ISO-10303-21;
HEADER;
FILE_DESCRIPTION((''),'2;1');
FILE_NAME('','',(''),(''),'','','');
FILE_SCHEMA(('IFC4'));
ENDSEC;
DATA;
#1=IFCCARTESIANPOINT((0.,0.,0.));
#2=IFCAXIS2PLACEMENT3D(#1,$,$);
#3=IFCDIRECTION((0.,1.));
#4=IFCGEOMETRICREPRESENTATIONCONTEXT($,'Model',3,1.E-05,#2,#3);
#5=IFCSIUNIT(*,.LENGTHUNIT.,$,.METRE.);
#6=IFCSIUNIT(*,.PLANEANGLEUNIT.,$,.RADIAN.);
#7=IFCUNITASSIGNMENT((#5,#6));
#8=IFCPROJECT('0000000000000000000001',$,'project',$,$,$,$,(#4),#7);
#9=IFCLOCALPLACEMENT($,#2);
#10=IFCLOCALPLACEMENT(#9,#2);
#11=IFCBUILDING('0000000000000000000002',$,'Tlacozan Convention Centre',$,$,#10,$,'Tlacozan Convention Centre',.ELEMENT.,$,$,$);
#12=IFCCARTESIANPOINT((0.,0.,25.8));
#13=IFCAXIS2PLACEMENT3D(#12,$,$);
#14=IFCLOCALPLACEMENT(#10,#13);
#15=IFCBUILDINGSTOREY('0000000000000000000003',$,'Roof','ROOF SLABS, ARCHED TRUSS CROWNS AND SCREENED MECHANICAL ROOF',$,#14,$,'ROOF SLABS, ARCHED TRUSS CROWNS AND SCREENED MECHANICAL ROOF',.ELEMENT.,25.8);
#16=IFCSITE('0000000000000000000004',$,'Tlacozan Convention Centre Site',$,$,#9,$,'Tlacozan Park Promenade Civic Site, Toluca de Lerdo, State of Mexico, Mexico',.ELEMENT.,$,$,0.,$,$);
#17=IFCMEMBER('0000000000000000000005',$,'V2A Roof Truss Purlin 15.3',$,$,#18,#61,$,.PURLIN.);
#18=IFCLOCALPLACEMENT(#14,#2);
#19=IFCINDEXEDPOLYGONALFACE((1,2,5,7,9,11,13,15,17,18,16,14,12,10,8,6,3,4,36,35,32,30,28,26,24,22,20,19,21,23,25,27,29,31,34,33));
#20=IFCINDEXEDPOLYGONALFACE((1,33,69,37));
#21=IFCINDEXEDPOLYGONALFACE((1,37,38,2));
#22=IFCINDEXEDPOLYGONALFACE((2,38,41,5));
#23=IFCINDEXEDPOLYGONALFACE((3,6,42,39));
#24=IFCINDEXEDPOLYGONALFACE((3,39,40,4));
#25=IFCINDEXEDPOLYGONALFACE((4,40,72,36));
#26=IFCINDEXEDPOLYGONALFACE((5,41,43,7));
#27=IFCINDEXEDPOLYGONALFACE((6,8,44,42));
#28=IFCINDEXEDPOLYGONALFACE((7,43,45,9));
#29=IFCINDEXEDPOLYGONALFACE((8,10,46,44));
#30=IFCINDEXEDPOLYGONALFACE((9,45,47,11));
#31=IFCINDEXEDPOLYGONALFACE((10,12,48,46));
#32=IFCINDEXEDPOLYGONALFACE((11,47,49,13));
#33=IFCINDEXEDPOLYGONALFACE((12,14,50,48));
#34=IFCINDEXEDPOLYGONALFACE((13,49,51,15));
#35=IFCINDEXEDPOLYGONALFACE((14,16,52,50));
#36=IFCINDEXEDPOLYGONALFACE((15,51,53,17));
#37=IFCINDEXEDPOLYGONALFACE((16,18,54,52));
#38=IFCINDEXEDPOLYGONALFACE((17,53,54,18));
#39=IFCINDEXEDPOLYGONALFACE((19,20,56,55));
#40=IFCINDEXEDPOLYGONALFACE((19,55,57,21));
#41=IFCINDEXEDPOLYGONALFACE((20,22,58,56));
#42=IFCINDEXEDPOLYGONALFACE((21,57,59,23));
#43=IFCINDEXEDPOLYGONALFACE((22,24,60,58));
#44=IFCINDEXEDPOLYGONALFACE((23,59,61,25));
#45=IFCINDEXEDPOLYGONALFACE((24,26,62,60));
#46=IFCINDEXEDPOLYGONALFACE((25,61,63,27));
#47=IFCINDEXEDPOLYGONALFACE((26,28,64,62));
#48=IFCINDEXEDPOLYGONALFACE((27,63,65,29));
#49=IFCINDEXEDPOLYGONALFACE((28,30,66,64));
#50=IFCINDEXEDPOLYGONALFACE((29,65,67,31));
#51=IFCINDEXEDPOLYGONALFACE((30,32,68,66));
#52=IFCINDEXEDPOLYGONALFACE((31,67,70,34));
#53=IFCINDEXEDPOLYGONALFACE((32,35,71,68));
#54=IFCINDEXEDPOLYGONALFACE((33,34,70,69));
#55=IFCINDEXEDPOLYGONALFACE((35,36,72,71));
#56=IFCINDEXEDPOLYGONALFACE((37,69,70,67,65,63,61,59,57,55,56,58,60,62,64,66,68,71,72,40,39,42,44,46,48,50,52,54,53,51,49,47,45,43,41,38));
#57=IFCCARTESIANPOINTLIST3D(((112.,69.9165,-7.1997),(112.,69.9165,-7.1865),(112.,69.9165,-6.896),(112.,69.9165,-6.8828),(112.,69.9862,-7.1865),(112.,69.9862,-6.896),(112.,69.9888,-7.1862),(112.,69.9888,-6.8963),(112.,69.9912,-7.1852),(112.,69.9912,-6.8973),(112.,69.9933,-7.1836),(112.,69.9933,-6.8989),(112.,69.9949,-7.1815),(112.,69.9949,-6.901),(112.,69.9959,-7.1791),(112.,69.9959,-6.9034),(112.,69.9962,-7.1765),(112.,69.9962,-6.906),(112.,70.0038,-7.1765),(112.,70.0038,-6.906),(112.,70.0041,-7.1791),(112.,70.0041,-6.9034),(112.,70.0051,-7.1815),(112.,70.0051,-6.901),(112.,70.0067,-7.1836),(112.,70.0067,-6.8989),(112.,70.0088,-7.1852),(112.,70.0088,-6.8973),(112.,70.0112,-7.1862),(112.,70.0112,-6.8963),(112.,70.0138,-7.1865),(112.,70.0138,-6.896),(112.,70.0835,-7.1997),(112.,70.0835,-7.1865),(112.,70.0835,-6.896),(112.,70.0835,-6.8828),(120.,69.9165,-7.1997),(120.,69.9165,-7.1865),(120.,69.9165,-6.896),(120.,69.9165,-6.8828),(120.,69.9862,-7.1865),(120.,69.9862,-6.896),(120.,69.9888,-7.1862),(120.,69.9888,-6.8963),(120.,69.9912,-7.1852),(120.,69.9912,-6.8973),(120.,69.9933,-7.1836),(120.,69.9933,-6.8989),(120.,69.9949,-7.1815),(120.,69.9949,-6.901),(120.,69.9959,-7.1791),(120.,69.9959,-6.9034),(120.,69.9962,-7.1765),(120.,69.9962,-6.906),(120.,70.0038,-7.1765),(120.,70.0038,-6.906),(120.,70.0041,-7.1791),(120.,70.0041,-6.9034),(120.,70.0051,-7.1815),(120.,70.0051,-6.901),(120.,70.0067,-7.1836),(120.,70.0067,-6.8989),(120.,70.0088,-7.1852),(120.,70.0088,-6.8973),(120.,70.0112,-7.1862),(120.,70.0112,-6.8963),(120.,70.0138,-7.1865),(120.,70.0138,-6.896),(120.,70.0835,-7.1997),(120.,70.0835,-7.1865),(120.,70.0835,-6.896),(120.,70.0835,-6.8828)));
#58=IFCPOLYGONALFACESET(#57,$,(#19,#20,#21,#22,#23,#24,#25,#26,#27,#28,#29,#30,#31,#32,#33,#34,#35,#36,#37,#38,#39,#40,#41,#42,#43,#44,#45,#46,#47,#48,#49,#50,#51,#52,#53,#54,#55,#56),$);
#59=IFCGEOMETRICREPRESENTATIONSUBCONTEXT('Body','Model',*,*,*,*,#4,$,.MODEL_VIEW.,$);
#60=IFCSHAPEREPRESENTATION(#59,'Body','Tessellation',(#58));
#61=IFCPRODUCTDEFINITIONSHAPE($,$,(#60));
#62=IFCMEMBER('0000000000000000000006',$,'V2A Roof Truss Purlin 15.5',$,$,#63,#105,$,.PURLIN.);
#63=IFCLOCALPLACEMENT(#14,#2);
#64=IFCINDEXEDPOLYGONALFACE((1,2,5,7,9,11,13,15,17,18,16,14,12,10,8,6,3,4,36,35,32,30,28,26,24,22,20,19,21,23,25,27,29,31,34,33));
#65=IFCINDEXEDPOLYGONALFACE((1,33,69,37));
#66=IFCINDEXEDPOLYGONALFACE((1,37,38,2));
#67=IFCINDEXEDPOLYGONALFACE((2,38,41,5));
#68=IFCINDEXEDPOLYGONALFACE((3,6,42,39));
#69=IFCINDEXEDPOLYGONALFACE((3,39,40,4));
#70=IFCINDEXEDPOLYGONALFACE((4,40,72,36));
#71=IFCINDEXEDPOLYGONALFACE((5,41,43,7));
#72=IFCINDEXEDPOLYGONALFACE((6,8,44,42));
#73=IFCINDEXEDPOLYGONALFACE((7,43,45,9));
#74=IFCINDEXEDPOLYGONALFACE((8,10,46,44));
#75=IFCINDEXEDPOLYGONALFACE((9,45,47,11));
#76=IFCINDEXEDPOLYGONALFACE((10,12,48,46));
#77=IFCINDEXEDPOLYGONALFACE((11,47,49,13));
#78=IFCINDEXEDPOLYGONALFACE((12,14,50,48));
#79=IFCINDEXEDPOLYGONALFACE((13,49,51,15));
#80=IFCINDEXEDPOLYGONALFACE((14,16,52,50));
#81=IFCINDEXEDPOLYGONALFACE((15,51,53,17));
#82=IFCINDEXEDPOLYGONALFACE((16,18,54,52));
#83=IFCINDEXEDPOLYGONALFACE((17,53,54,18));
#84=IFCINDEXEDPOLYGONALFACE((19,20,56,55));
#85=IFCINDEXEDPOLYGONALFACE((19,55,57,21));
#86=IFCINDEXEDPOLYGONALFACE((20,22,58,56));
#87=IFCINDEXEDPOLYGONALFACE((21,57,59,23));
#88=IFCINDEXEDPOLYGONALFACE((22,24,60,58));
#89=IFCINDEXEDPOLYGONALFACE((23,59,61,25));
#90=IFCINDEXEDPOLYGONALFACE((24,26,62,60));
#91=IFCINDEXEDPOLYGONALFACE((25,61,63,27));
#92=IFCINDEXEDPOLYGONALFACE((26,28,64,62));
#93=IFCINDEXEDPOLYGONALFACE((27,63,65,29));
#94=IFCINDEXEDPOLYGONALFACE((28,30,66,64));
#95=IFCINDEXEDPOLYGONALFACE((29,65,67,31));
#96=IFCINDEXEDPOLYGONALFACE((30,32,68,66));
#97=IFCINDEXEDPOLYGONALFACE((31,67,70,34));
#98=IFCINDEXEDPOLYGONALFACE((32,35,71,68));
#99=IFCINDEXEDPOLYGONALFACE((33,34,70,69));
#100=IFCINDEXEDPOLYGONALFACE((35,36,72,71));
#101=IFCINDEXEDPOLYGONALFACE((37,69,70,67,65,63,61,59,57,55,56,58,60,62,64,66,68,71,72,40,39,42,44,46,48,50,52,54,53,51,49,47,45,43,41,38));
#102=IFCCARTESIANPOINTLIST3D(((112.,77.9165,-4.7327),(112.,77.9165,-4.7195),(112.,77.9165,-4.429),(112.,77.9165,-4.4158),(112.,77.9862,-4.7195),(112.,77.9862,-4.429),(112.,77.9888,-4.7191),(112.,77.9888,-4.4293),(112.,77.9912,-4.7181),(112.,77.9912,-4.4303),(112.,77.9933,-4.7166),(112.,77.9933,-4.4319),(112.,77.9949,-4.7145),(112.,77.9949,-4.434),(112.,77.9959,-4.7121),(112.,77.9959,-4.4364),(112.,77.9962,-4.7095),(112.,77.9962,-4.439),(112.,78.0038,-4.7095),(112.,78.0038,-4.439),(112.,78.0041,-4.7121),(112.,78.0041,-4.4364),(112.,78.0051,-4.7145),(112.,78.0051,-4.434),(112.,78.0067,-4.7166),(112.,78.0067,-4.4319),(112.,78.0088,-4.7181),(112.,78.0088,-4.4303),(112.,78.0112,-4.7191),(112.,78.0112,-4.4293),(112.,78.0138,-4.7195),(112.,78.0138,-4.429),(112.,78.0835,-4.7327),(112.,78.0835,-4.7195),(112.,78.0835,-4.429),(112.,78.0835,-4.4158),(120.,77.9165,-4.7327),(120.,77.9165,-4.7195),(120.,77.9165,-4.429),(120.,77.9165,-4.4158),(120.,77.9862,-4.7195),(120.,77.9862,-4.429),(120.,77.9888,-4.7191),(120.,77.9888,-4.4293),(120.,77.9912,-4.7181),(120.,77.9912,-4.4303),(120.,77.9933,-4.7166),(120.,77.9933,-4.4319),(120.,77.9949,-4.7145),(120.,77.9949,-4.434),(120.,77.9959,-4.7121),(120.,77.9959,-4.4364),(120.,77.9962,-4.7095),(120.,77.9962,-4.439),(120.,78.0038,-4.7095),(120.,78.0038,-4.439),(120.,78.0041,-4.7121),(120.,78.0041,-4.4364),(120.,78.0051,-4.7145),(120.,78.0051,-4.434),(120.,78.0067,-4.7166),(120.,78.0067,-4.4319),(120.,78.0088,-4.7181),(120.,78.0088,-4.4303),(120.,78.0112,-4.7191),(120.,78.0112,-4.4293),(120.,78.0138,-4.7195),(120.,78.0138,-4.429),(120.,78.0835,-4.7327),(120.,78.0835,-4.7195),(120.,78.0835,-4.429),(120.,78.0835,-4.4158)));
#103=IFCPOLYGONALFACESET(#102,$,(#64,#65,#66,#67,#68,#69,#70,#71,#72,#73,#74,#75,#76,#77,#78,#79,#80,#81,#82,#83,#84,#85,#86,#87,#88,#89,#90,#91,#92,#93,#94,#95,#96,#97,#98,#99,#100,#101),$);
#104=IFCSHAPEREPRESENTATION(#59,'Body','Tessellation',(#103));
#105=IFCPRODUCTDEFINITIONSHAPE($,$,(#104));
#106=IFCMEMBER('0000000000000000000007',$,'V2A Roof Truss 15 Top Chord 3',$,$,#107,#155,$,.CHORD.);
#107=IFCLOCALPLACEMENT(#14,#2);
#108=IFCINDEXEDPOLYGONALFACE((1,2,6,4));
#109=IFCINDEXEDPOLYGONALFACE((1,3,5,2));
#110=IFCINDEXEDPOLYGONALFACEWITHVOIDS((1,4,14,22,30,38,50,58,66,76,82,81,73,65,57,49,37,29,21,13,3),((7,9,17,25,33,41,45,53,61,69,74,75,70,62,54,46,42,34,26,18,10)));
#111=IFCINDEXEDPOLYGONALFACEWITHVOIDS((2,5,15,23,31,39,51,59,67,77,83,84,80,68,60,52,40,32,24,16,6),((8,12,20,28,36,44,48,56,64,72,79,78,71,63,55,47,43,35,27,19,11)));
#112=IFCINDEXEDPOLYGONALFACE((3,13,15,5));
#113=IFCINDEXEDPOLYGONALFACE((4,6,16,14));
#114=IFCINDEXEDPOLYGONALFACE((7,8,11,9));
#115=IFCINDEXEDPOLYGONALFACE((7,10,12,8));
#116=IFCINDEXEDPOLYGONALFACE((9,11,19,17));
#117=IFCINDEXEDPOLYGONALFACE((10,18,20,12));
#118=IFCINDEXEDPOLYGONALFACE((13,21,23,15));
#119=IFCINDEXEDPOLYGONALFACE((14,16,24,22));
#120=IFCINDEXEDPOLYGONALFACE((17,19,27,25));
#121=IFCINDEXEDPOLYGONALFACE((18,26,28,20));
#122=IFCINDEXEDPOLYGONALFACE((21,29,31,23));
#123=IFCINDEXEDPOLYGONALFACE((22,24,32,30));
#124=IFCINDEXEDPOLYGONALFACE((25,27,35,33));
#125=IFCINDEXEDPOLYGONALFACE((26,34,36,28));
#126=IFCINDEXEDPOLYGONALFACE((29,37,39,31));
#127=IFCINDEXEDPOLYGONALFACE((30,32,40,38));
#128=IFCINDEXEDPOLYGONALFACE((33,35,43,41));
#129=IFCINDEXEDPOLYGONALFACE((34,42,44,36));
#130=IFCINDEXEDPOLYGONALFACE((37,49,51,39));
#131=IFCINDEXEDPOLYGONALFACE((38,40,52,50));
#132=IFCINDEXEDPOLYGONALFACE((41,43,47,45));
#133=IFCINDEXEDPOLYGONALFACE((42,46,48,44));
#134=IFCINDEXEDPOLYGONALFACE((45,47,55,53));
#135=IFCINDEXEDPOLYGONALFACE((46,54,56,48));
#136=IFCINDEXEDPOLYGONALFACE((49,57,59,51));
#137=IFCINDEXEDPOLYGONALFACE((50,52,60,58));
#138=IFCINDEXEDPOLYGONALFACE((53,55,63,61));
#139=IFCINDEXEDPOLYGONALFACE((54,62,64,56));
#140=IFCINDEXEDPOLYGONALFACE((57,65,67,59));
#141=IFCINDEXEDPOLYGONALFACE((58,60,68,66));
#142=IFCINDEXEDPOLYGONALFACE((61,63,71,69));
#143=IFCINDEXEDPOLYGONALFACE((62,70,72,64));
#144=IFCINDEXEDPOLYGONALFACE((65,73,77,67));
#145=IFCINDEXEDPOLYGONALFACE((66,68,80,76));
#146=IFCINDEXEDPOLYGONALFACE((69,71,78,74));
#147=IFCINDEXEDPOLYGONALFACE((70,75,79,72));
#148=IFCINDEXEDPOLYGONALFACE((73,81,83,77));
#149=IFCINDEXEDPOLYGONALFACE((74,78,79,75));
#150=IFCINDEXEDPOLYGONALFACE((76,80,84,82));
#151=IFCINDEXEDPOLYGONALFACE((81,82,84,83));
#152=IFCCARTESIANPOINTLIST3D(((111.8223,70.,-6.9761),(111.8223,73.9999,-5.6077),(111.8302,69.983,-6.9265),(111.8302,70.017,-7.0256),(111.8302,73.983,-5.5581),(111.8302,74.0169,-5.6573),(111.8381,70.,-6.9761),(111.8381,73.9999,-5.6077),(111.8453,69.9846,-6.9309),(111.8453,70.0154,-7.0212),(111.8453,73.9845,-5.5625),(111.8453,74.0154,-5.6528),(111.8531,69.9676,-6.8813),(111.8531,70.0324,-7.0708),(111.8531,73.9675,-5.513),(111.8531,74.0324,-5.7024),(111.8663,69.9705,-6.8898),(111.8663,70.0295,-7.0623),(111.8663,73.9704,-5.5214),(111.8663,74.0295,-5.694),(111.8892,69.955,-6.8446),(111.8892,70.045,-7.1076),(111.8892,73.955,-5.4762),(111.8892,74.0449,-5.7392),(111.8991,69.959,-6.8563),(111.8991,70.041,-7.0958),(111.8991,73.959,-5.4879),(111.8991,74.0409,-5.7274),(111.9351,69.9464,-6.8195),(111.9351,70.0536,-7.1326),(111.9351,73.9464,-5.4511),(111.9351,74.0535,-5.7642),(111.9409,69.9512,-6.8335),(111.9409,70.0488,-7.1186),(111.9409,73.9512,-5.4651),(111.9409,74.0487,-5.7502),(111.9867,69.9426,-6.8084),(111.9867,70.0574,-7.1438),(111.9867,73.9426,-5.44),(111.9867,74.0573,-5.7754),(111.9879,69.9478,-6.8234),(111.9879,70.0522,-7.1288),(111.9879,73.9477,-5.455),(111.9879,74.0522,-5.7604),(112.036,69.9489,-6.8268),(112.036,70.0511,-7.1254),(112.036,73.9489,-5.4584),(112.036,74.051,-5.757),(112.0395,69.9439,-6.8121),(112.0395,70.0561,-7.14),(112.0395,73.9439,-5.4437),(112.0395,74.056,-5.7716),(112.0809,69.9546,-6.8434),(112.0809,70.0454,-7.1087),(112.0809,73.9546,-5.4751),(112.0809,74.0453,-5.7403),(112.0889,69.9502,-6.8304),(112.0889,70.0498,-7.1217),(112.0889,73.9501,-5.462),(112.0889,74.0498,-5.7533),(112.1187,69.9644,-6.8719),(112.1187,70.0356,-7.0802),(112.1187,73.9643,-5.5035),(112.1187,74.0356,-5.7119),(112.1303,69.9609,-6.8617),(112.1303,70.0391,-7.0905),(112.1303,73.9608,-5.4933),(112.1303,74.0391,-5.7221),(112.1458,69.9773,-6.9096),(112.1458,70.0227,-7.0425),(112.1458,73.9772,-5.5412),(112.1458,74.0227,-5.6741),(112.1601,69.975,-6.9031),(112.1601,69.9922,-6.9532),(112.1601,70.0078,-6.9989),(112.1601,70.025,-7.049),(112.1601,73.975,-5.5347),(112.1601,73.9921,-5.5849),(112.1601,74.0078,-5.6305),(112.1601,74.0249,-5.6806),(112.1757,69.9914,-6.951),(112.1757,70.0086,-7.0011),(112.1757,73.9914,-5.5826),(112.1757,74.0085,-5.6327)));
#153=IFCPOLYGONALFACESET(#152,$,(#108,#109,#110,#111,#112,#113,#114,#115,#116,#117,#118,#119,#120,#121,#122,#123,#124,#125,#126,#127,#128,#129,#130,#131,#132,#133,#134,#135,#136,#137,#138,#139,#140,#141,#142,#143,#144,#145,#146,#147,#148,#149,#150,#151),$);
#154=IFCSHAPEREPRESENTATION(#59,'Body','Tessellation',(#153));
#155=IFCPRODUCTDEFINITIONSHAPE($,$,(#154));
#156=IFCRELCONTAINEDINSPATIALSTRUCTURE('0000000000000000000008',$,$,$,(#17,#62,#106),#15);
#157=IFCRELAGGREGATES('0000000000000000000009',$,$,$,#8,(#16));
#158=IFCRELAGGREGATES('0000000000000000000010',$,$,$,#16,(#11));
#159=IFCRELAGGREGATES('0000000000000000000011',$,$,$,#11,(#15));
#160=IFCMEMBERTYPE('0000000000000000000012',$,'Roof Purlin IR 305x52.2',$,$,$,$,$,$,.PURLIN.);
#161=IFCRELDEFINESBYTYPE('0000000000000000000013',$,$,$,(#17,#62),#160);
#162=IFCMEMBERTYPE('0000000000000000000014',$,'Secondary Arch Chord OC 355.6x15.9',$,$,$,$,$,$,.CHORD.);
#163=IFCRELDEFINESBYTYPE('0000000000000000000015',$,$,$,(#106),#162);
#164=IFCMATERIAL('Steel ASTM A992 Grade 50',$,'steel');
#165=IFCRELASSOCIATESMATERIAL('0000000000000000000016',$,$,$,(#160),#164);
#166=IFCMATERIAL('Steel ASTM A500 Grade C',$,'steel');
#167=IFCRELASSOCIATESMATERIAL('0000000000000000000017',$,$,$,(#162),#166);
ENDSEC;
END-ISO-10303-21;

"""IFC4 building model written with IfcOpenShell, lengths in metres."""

from ifc_helpers import new_model, si_unit, direction, frame, origin, origin_2d, place, context, subcontext, project, spatial, hollow_circle, i_section, extrude, material, material_profile, profile_set, type_object, element, save


model = new_model("IFC4")

# Units and contexts
model_context = context("Model", 3, precision=1e-05, world=origin(), true_north=direction((0.0, 1.0)))
body_context = subcontext(model_context, "Body", "Model", "MODEL_VIEW")
ifc_project = project(units=[si_unit("LENGTHUNIT", "METRE"), si_unit("PLANEANGLEUNIT", "RADIAN")], contexts=[model_context])

# Site, building, storey
site_placement = place(None, origin())
site = spatial("IfcSite", under=ifc_project, at=site_placement, Name="Tlacozan Convention Centre Site", LongName="Tlacozan Park Promenade Civic Site, Toluca de Lerdo, State of Mexico, Mexico", CompositionType="ELEMENT", RefElevation=0.0)
building_placement = place(site_placement, origin())
building = spatial("IfcBuilding", under=site, at=building_placement, Name="Tlacozan Convention Centre", LongName="Tlacozan Convention Centre", CompositionType="ELEMENT")
storey_placement = place(building_placement, frame((0.0, 0.0, 25.8)))
storey = spatial("IfcBuildingStorey", under=building, at=storey_placement, Name="Roof", Description="ROOF SLABS, ARCHED TRUSS CROWNS AND SCREENED MECHANICAL ROOF", LongName="ROOF SLABS, ARCHED TRUSS CROWNS AND SCREENED MECHANICAL ROOF", CompositionType="ELEMENT", Elevation=25.8)

# Members
ifc_material_1 = material(Name="Steel ASTM A500 Grade C", Category="steel")
ifc_material_2 = material(Name="Steel ASTM A992 Grade 50", Category="steel")
ifc_material_profile_1 = material_profile(ifc_material_2, i_section(OverallWidth=0.167, OverallDepth=0.3169, WebThickness=0.0076, FlangeThickness=0.0132, FilletRadius=0.01, at=origin_2d()), Name="IR 305x52.2")
ifc_profile_set_1 = profile_set([ifc_material_profile_1], Name="Steel ASTM A992 Grade 50")
member_type_1 = type_object("IfcMemberType", Name="Roof Purlin IR 305x52.2", PredefinedType="PURLIN", material=ifc_profile_set_1)
for number, where, z_axis, x_axis, name in (
    (1, (112.0, 70.0, -7.0413), (1.0, 0.0, 0.0), (0.0, 1.0, 0.0), "V2A Roof Truss Purlin 15.3"),
    (2, (112.0, 78.0, -4.5742), (1.0, 0.0, 0.0), (0.0, 1.0, 0.0), "V2A Roof Truss Purlin 15.5"),
):
    element("IfcMember", number, at=place(storey_placement, frame(where, z_axis=z_axis, x_axis=x_axis)), inside=storey, type_object=member_type_1, Name=name, PredefinedType="PURLIN", context=body_context, shape_type="SweptSolid", body=[
        extrude(i_section(OverallWidth=0.167, OverallDepth=0.3169, WebThickness=0.0076, FlangeThickness=0.0132, FilletRadius=0.01, at=origin_2d()), origin(), (0.0, 0.0, 1.0), 8.0),
    ])
ifc_material_profile_2 = material_profile(ifc_material_1, hollow_circle(Radius=0.1777, WallThickness=0.0159, at=origin_2d()), Name="OC 355.6x15.9")
ifc_profile_set_2 = profile_set([ifc_material_profile_2], Name="Steel ASTM A500 Grade C")
member_type_2 = type_object("IfcMemberType", Name="Secondary Arch Chord OC 355.6x15.9", PredefinedType="CHORD", material=ifc_profile_set_2)
member_1_placement = place(storey_placement, frame((112.0, 70.0, -6.9761), z_axis=(0.0, 0.946165, 0.323685), x_axis=(-1.0, 0.0, 0.0)))
element("IfcMember", 3, at=member_1_placement, inside=storey, type_object=member_type_2, Name="V2A Roof Truss 15 Top Chord 3", PredefinedType="CHORD", context=body_context, shape_type="SweptSolid", body=[
    extrude(hollow_circle(Radius=0.1777, WallThickness=0.0159, at=origin_2d()), origin(), (0.0, 0.0, 1.0), 4.2275),
])

save(model, "model.ifc")
